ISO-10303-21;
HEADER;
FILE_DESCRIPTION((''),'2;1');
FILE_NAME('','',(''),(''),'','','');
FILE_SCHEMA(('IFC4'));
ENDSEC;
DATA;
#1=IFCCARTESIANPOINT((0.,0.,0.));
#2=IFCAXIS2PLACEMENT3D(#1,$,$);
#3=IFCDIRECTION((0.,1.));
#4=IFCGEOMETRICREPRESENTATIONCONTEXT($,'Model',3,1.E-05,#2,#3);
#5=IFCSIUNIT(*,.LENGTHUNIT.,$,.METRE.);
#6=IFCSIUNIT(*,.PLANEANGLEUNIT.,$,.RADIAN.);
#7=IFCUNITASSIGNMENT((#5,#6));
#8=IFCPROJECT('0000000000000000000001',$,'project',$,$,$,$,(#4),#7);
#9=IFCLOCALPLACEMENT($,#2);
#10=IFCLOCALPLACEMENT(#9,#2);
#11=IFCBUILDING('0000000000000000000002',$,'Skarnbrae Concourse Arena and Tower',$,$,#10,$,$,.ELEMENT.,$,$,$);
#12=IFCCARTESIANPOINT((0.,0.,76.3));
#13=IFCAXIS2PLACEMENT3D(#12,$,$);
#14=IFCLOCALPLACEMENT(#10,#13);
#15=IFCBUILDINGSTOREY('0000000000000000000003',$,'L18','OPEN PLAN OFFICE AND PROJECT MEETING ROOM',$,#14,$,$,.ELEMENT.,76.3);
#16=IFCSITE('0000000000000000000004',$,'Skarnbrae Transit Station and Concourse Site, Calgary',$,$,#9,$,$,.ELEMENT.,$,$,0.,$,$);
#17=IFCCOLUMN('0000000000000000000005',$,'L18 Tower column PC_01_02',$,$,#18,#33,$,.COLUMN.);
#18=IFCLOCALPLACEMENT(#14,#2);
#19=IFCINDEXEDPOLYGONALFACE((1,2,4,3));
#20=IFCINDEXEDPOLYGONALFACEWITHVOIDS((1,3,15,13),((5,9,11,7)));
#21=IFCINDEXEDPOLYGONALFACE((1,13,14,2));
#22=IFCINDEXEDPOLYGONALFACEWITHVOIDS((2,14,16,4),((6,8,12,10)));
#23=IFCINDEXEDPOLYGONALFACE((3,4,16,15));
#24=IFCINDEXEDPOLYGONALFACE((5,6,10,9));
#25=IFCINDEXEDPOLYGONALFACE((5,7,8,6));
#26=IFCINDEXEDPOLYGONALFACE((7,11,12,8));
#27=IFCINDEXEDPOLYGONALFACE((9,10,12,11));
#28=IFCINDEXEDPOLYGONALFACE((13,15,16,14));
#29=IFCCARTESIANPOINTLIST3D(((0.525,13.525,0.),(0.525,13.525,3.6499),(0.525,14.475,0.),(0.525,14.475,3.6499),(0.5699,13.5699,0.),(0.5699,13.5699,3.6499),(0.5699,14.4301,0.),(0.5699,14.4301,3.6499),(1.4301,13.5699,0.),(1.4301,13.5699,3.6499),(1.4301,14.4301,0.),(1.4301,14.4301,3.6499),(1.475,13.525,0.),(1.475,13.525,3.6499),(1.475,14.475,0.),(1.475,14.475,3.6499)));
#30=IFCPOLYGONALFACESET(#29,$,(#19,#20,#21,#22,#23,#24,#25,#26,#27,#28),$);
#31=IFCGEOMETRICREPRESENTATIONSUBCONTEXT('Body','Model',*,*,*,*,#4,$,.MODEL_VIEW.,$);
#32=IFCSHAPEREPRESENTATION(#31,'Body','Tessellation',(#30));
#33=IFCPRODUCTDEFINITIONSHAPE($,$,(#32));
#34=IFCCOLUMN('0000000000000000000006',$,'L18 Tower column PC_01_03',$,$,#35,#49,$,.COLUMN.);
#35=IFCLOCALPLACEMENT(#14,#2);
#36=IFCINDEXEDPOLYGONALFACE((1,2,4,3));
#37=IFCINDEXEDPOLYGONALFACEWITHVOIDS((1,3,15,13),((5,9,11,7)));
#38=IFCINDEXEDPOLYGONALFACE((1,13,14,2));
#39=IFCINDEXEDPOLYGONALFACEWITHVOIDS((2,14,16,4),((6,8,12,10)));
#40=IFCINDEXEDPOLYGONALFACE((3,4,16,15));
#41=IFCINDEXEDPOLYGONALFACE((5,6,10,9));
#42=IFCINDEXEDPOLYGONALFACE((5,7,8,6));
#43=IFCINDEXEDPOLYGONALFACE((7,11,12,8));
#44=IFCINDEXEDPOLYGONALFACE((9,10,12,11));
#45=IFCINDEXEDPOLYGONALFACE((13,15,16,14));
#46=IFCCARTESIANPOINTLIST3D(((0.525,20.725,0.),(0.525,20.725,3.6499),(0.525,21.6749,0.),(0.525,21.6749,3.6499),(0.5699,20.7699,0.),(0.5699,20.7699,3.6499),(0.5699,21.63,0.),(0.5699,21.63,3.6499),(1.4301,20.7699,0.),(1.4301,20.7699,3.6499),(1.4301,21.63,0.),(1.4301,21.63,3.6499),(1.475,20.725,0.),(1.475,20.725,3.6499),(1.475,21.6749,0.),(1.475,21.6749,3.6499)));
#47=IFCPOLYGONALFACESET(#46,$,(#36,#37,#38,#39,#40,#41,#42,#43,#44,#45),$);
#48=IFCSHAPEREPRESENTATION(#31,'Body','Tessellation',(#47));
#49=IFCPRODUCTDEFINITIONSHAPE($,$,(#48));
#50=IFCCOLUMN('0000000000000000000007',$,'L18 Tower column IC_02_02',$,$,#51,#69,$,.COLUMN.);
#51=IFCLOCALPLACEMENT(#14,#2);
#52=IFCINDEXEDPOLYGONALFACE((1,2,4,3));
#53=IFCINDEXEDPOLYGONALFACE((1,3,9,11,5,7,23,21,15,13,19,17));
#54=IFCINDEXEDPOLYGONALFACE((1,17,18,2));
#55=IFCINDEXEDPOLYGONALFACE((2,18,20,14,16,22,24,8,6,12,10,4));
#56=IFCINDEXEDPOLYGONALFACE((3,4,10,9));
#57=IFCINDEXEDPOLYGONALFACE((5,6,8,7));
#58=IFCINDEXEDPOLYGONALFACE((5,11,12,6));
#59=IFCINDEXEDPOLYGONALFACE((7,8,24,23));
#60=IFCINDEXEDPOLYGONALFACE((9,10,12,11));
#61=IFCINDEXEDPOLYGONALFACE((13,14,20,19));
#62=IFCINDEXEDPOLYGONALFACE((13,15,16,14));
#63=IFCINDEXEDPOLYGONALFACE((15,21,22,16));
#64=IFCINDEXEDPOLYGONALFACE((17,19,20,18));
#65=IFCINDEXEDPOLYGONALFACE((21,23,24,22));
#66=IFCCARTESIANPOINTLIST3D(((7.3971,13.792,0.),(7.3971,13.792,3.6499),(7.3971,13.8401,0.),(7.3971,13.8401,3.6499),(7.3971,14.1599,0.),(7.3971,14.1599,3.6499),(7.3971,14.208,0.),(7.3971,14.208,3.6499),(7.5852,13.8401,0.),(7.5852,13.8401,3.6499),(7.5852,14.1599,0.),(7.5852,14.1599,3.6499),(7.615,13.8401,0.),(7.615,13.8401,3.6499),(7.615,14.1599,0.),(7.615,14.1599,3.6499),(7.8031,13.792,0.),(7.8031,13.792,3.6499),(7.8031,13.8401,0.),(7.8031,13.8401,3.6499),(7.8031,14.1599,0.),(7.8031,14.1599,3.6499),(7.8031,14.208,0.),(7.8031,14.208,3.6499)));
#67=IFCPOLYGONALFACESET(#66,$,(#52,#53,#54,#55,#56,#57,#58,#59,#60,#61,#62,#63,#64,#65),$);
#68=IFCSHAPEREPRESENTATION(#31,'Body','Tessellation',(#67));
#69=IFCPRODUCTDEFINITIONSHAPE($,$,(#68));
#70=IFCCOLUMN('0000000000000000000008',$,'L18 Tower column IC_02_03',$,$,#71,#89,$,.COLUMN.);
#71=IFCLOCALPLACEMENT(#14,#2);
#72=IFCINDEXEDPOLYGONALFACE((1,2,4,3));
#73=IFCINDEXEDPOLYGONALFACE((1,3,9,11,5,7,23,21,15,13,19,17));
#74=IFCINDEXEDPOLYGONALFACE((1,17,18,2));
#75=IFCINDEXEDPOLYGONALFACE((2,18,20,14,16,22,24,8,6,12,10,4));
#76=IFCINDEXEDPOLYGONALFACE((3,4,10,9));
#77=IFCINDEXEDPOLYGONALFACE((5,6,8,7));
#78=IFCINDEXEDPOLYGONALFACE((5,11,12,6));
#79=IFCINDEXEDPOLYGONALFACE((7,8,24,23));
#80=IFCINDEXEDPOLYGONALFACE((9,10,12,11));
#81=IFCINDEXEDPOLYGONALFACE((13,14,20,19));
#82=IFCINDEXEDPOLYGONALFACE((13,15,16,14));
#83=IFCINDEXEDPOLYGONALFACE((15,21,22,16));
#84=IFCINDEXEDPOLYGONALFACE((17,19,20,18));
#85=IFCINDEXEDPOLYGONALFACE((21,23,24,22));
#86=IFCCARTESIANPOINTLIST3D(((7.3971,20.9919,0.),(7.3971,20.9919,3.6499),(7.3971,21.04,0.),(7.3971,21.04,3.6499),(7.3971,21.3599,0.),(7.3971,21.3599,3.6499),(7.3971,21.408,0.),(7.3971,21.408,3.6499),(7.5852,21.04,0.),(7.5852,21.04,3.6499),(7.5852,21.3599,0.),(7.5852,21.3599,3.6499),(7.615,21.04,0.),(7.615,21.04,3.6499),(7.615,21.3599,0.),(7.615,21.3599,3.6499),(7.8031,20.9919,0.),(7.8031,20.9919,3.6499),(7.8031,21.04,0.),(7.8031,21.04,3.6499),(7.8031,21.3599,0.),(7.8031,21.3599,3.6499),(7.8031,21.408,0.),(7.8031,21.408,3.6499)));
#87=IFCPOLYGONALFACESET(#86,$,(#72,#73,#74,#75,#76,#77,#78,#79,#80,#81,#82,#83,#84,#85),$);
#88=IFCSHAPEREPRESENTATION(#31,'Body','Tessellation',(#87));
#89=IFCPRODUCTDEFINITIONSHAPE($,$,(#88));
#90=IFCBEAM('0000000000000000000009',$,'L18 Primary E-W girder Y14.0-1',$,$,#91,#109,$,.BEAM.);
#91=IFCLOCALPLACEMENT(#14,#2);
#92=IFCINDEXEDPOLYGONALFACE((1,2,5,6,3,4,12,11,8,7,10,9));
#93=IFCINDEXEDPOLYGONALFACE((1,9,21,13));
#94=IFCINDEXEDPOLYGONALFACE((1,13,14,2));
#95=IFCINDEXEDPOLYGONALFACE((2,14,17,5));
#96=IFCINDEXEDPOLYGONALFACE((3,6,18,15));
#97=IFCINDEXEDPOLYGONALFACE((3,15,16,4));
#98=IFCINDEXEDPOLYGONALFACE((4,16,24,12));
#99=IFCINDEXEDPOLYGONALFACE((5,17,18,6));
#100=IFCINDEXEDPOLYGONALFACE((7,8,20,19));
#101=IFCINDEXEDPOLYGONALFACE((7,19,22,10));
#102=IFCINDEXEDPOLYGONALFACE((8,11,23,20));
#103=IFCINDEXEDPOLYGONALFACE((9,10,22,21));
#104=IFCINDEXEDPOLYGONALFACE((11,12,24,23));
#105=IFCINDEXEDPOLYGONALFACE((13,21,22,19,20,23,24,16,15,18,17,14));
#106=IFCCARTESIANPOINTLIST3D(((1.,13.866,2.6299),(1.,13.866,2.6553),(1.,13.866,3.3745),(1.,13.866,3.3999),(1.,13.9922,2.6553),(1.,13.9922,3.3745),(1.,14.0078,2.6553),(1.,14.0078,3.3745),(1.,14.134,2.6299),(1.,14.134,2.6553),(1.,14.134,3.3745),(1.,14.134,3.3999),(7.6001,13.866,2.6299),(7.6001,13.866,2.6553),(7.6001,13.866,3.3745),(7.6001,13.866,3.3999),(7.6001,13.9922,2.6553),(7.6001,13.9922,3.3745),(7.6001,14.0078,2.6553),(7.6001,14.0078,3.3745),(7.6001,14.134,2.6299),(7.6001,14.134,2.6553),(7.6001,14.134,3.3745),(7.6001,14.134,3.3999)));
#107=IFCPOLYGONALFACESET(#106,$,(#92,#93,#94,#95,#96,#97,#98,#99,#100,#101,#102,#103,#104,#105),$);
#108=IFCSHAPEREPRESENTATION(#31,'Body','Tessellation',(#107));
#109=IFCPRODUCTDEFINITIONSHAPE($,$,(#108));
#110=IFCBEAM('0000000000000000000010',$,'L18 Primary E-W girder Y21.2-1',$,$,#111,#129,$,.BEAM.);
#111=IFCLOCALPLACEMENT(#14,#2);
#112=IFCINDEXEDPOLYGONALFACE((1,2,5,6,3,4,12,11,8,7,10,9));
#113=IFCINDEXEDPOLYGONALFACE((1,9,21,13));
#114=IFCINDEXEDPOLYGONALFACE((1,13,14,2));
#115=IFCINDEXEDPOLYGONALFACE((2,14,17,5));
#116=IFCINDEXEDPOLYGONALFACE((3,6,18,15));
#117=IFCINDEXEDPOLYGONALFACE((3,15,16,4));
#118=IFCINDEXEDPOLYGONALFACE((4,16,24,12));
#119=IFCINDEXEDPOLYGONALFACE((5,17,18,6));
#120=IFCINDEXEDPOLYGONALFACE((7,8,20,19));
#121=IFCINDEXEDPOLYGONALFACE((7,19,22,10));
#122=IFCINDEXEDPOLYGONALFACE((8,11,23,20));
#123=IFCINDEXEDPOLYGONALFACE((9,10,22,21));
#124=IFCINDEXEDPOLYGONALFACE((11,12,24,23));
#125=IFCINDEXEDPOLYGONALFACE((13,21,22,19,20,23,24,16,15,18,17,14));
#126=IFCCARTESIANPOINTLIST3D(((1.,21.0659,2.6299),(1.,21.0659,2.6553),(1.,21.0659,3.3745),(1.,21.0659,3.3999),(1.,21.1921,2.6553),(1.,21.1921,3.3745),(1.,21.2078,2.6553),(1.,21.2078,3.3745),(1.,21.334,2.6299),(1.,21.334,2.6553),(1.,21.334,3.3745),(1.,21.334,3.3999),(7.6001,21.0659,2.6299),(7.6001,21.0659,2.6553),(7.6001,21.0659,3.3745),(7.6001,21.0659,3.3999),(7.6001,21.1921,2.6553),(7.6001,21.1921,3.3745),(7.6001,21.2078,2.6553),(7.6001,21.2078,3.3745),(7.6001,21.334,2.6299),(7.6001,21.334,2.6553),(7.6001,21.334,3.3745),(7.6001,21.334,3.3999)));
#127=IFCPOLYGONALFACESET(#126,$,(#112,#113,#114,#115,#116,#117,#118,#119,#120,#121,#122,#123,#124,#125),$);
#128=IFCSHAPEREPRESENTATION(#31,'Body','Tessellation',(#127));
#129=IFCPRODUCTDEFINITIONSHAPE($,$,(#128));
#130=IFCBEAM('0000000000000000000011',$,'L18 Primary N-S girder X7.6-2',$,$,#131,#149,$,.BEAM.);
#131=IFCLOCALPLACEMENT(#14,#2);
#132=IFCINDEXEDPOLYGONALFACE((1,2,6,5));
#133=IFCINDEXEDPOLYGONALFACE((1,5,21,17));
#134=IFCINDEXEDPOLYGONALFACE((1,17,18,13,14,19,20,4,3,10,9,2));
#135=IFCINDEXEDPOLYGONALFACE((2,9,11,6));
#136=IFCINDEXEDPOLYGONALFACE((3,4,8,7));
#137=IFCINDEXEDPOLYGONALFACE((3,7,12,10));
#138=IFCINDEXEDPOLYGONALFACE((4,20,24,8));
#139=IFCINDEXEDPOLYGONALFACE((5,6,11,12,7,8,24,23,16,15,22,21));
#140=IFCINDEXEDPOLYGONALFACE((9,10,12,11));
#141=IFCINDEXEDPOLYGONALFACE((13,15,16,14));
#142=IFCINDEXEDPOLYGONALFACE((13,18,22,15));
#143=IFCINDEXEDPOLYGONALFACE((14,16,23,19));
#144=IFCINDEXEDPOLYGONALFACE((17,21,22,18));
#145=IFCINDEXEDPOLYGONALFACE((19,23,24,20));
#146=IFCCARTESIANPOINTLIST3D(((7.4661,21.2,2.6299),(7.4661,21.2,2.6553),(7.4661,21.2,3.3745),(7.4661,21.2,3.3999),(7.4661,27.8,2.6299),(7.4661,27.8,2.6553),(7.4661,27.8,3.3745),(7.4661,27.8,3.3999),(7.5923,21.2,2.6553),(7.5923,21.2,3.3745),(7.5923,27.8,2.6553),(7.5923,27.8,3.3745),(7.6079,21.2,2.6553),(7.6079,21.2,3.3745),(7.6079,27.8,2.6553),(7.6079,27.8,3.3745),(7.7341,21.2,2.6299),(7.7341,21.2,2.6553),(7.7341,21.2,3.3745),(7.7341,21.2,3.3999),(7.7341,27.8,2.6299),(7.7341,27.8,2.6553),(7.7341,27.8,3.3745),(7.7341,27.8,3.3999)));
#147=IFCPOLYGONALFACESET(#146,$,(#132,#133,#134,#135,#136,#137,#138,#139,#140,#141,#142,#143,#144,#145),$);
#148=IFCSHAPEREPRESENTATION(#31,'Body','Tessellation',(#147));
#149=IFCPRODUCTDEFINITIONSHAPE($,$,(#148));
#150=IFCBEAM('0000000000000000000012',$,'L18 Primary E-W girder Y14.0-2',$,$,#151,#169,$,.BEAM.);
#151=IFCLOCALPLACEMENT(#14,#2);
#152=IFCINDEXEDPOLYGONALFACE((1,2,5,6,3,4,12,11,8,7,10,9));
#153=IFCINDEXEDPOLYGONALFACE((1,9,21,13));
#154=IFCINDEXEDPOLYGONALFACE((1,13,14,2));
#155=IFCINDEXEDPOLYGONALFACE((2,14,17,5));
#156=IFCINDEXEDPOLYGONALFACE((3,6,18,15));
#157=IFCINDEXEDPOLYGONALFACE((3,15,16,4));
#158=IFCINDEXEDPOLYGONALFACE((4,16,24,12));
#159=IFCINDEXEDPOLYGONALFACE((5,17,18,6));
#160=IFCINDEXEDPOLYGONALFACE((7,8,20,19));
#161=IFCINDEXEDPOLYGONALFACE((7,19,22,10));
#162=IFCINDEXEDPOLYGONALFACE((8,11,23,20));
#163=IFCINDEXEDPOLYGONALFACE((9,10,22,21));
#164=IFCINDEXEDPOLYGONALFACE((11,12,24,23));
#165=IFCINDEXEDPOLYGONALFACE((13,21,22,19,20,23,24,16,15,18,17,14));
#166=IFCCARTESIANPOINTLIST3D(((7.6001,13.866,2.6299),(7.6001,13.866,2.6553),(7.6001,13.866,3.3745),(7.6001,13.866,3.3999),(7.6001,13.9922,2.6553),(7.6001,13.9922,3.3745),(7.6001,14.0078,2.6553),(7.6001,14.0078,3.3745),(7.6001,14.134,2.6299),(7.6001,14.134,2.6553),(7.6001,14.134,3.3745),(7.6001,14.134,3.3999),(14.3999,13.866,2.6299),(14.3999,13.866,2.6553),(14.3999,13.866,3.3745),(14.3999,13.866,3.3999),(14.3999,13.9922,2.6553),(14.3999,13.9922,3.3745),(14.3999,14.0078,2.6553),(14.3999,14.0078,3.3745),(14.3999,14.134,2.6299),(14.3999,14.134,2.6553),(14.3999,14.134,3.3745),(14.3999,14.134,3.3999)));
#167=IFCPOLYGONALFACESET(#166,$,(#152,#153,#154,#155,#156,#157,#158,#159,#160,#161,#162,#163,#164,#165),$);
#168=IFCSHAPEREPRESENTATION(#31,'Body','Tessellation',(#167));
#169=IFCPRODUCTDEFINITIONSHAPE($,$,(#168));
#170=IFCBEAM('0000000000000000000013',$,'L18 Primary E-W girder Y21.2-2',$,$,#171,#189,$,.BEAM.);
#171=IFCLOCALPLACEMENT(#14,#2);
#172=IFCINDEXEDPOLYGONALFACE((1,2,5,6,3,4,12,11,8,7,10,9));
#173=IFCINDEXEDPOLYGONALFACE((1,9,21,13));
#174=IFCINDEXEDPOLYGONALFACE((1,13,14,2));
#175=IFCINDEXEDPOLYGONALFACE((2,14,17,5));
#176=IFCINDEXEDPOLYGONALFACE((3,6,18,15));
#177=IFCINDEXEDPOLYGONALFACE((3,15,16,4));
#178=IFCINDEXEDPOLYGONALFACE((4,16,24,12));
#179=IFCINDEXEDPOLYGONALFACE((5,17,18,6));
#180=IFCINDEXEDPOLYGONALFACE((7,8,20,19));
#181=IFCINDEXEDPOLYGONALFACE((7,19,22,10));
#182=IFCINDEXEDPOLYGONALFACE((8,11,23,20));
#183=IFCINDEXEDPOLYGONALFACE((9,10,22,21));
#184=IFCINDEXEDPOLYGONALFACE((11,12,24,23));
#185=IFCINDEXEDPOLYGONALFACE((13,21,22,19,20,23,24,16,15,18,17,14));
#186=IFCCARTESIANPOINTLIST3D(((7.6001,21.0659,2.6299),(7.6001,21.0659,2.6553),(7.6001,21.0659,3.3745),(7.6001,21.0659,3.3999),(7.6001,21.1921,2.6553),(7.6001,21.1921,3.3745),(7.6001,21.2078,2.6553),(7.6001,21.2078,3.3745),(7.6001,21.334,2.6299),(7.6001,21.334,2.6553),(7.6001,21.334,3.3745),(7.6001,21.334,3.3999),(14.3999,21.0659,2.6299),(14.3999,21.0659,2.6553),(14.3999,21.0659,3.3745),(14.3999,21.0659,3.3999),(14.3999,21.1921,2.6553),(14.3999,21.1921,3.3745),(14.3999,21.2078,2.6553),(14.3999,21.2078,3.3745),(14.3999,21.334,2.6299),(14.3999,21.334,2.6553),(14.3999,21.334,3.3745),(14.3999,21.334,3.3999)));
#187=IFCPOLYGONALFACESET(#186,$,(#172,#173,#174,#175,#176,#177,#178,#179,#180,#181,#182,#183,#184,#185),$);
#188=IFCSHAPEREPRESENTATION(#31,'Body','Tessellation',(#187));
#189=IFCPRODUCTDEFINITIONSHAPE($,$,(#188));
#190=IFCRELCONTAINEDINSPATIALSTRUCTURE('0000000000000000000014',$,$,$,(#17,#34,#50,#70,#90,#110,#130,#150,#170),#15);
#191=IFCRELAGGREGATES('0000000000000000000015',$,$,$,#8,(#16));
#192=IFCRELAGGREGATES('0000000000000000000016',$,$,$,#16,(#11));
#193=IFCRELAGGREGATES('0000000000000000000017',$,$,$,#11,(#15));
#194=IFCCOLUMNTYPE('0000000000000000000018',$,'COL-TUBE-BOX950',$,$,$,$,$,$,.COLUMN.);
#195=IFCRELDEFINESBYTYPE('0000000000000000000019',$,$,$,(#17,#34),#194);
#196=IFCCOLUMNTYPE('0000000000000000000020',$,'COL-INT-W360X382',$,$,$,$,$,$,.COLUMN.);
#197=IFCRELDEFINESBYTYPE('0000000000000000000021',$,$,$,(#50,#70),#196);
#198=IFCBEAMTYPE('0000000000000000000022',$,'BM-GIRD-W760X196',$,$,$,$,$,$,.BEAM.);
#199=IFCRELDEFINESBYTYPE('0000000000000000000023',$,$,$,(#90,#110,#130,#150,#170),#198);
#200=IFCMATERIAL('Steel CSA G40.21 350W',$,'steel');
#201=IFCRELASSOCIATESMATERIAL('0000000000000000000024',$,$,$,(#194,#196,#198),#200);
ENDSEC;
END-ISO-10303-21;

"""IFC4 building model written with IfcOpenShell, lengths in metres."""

from ifc_helpers import new_model, si_unit, direction, frame, origin, origin_2d, place, context, subcontext, project, spatial, hollow_rectangle, i_section, extrude, source, transform, mapped, material, material_profile, profile_set, type_object, element, save


model = new_model("IFC4")

# Units and contexts
model_context = context("Model", 3, precision=1e-05, world=origin(), true_north=direction((0.0, 1.0)))
body_context = subcontext(model_context, "Body", "Model", "MODEL_VIEW")
ifc_project = project(units=[si_unit("LENGTHUNIT", "METRE"), si_unit("PLANEANGLEUNIT", "RADIAN")], contexts=[model_context])

# Site, building, storey
site_placement = place(None, origin())
site = spatial("IfcSite", under=ifc_project, at=site_placement, Name="Skarnbrae Transit Station and Concourse Site, Calgary", CompositionType="ELEMENT", RefElevation=0.0)
building_placement = place(site_placement, origin())
building = spatial("IfcBuilding", under=site, at=building_placement, Name="Skarnbrae Concourse Arena and Tower", CompositionType="ELEMENT")
storey_placement = place(building_placement, frame((0.0, 0.0, 76.3)))
storey = spatial("IfcBuildingStorey", under=building, at=storey_placement, Name="L18", Description="OPEN PLAN OFFICE AND PROJECT MEETING ROOM", CompositionType="ELEMENT", Elevation=76.3)

# Columns
ifc_material_1 = material(Name="Steel CSA G40.21 350W", Category="steel")
ifc_material_profile_1 = material_profile(ifc_material_1, hollow_rectangle(XDim=0.95, YDim=0.95, WallThickness=0.0449, at=origin_2d()), Name="BOX950X950X45")
ifc_profile_set_1 = profile_set([ifc_material_profile_1], Name="Steel CSA G40.21 350W")
column_type_1 = type_object("IfcColumnType", Name="COL-TUBE-BOX950", PredefinedType="COLUMN", material=ifc_profile_set_1)
shared_shape_1 = source(origin(), body_context, "Body", "SweptSolid", [
    extrude(hollow_rectangle(XDim=0.95, YDim=0.95, WallThickness=0.0449, at=origin_2d()), origin(), (0.0, 0.0, 1.0), 3.6499),
])
for number, where, z_axis, x_axis, name in (
    (1, (1.0, 14.0, 0.0), (0.0, 0.0, 1.0), (1.0, 0.0, 0.0), "L18 Tower column PC_01_02"),
    (2, (1.0, 21.2, 0.0), (0.0, 0.0, 1.0), (1.0, 0.0, 0.0), "L18 Tower column PC_01_03"),
):
    element("IfcColumn", number, at=place(storey_placement, frame(where, z_axis=z_axis, x_axis=x_axis)), inside=storey, type_object=column_type_1, Name=name, PredefinedType="COLUMN", context=body_context, shape_type="MappedRepresentation", body=[
        mapped(shared_shape_1, transform((0.0, 0.0, 0.0))),
    ])
ifc_material_profile_2 = material_profile(ifc_material_1, i_section(OverallWidth=0.406, OverallDepth=0.416, WebThickness=0.0298, FlangeThickness=0.0481, at=origin_2d()), Name="W360X382")
ifc_profile_set_2 = profile_set([ifc_material_profile_2], Name="Steel CSA G40.21 350W")
column_type_2 = type_object("IfcColumnType", Name="COL-INT-W360X382", PredefinedType="COLUMN", material=ifc_profile_set_2)
shared_shape_2 = source(origin(), body_context, "Body", "SweptSolid", [
    extrude(i_section(OverallWidth=0.406, OverallDepth=0.416, WebThickness=0.0298, FlangeThickness=0.0481, at=origin_2d()), origin(), (0.0, 0.0, 1.0), 3.6499),
])
for number, where, z_axis, x_axis, name in (
    (3, (7.6001, 14.0, 0.0), (0.0, 0.0, 1.0), (1.0, 0.0, 0.0), "L18 Tower column IC_02_02"),
    (4, (7.6001, 21.2, 0.0), (0.0, 0.0, 1.0), (1.0, 0.0, 0.0), "L18 Tower column IC_02_03"),
):
    element("IfcColumn", number, at=place(storey_placement, frame(where, z_axis=z_axis, x_axis=x_axis)), inside=storey, type_object=column_type_2, Name=name, PredefinedType="COLUMN", context=body_context, shape_type="MappedRepresentation", body=[
        mapped(shared_shape_2, transform((0.0, 0.0, 0.0))),
    ])

# Beams
ifc_material_profile_3 = material_profile(ifc_material_1, i_section(OverallWidth=0.2681, OverallDepth=0.77, WebThickness=0.0156, FlangeThickness=0.0254, at=origin_2d()), Name="W760X196")
ifc_profile_set_3 = profile_set([ifc_material_profile_3], Name="Steel CSA G40.21 350W")
beam_type_1 = type_object("IfcBeamType", Name="BM-GIRD-W760X196", PredefinedType="BEAM", material=ifc_profile_set_3)
shared_shape_3 = source(origin(), body_context, "Body", "SweptSolid", [
    extrude(i_section(OverallWidth=0.2681, OverallDepth=0.77, WebThickness=0.0156, FlangeThickness=0.0254, at=origin_2d()), origin(), (0.0, 0.0, 1.0), 6.6001),
])
for number, where, z_axis, x_axis, name in (
    (5, (1.0, 14.0, 3.0149), (1.0, 0.0, 0.0), (0.0, 1.0, 0.0), "L18 Primary E-W girder Y14.0-1"),
    (6, (1.0, 21.2, 3.0149), (1.0, 0.0, 0.0), (0.0, 1.0, 0.0), "L18 Primary E-W girder Y21.2-1"),
    (7, (7.6001, 21.2, 3.0149), (0.0, 1.0, 0.0), (-1.0, 0.0, 0.0), "L18 Primary N-S girder X7.6-2"),
):
    element("IfcBeam", number, at=place(storey_placement, frame(where, z_axis=z_axis, x_axis=x_axis)), inside=storey, type_object=beam_type_1, Name=name, PredefinedType="BEAM", context=body_context, shape_type="MappedRepresentation", body=[
        mapped(shared_shape_3, transform((0.0, 0.0, 0.0))),
    ])
shared_shape_4 = source(origin(), body_context, "Body", "SweptSolid", [
    extrude(i_section(OverallWidth=0.2681, OverallDepth=0.77, WebThickness=0.0156, FlangeThickness=0.0254, at=origin_2d()), origin(), (0.0, 0.0, 1.0), 6.7998),
])
for number, where, z_axis, x_axis, name in (
    (8, (7.6001, 14.0, 3.0149), (1.0, 0.0, 0.0), (0.0, 1.0, 0.0), "L18 Primary E-W girder Y14.0-2"),
    (9, (7.6001, 21.2, 3.0149), (1.0, 0.0, 0.0), (0.0, 1.0, 0.0), "L18 Primary E-W girder Y21.2-2"),
):
    element("IfcBeam", number, at=place(storey_placement, frame(where, z_axis=z_axis, x_axis=x_axis)), inside=storey, type_object=beam_type_1, Name=name, PredefinedType="BEAM", context=body_context, shape_type="MappedRepresentation", body=[
        mapped(shared_shape_4, transform((0.0, 0.0, 0.0))),
    ])

save(model, "model.ifc")
